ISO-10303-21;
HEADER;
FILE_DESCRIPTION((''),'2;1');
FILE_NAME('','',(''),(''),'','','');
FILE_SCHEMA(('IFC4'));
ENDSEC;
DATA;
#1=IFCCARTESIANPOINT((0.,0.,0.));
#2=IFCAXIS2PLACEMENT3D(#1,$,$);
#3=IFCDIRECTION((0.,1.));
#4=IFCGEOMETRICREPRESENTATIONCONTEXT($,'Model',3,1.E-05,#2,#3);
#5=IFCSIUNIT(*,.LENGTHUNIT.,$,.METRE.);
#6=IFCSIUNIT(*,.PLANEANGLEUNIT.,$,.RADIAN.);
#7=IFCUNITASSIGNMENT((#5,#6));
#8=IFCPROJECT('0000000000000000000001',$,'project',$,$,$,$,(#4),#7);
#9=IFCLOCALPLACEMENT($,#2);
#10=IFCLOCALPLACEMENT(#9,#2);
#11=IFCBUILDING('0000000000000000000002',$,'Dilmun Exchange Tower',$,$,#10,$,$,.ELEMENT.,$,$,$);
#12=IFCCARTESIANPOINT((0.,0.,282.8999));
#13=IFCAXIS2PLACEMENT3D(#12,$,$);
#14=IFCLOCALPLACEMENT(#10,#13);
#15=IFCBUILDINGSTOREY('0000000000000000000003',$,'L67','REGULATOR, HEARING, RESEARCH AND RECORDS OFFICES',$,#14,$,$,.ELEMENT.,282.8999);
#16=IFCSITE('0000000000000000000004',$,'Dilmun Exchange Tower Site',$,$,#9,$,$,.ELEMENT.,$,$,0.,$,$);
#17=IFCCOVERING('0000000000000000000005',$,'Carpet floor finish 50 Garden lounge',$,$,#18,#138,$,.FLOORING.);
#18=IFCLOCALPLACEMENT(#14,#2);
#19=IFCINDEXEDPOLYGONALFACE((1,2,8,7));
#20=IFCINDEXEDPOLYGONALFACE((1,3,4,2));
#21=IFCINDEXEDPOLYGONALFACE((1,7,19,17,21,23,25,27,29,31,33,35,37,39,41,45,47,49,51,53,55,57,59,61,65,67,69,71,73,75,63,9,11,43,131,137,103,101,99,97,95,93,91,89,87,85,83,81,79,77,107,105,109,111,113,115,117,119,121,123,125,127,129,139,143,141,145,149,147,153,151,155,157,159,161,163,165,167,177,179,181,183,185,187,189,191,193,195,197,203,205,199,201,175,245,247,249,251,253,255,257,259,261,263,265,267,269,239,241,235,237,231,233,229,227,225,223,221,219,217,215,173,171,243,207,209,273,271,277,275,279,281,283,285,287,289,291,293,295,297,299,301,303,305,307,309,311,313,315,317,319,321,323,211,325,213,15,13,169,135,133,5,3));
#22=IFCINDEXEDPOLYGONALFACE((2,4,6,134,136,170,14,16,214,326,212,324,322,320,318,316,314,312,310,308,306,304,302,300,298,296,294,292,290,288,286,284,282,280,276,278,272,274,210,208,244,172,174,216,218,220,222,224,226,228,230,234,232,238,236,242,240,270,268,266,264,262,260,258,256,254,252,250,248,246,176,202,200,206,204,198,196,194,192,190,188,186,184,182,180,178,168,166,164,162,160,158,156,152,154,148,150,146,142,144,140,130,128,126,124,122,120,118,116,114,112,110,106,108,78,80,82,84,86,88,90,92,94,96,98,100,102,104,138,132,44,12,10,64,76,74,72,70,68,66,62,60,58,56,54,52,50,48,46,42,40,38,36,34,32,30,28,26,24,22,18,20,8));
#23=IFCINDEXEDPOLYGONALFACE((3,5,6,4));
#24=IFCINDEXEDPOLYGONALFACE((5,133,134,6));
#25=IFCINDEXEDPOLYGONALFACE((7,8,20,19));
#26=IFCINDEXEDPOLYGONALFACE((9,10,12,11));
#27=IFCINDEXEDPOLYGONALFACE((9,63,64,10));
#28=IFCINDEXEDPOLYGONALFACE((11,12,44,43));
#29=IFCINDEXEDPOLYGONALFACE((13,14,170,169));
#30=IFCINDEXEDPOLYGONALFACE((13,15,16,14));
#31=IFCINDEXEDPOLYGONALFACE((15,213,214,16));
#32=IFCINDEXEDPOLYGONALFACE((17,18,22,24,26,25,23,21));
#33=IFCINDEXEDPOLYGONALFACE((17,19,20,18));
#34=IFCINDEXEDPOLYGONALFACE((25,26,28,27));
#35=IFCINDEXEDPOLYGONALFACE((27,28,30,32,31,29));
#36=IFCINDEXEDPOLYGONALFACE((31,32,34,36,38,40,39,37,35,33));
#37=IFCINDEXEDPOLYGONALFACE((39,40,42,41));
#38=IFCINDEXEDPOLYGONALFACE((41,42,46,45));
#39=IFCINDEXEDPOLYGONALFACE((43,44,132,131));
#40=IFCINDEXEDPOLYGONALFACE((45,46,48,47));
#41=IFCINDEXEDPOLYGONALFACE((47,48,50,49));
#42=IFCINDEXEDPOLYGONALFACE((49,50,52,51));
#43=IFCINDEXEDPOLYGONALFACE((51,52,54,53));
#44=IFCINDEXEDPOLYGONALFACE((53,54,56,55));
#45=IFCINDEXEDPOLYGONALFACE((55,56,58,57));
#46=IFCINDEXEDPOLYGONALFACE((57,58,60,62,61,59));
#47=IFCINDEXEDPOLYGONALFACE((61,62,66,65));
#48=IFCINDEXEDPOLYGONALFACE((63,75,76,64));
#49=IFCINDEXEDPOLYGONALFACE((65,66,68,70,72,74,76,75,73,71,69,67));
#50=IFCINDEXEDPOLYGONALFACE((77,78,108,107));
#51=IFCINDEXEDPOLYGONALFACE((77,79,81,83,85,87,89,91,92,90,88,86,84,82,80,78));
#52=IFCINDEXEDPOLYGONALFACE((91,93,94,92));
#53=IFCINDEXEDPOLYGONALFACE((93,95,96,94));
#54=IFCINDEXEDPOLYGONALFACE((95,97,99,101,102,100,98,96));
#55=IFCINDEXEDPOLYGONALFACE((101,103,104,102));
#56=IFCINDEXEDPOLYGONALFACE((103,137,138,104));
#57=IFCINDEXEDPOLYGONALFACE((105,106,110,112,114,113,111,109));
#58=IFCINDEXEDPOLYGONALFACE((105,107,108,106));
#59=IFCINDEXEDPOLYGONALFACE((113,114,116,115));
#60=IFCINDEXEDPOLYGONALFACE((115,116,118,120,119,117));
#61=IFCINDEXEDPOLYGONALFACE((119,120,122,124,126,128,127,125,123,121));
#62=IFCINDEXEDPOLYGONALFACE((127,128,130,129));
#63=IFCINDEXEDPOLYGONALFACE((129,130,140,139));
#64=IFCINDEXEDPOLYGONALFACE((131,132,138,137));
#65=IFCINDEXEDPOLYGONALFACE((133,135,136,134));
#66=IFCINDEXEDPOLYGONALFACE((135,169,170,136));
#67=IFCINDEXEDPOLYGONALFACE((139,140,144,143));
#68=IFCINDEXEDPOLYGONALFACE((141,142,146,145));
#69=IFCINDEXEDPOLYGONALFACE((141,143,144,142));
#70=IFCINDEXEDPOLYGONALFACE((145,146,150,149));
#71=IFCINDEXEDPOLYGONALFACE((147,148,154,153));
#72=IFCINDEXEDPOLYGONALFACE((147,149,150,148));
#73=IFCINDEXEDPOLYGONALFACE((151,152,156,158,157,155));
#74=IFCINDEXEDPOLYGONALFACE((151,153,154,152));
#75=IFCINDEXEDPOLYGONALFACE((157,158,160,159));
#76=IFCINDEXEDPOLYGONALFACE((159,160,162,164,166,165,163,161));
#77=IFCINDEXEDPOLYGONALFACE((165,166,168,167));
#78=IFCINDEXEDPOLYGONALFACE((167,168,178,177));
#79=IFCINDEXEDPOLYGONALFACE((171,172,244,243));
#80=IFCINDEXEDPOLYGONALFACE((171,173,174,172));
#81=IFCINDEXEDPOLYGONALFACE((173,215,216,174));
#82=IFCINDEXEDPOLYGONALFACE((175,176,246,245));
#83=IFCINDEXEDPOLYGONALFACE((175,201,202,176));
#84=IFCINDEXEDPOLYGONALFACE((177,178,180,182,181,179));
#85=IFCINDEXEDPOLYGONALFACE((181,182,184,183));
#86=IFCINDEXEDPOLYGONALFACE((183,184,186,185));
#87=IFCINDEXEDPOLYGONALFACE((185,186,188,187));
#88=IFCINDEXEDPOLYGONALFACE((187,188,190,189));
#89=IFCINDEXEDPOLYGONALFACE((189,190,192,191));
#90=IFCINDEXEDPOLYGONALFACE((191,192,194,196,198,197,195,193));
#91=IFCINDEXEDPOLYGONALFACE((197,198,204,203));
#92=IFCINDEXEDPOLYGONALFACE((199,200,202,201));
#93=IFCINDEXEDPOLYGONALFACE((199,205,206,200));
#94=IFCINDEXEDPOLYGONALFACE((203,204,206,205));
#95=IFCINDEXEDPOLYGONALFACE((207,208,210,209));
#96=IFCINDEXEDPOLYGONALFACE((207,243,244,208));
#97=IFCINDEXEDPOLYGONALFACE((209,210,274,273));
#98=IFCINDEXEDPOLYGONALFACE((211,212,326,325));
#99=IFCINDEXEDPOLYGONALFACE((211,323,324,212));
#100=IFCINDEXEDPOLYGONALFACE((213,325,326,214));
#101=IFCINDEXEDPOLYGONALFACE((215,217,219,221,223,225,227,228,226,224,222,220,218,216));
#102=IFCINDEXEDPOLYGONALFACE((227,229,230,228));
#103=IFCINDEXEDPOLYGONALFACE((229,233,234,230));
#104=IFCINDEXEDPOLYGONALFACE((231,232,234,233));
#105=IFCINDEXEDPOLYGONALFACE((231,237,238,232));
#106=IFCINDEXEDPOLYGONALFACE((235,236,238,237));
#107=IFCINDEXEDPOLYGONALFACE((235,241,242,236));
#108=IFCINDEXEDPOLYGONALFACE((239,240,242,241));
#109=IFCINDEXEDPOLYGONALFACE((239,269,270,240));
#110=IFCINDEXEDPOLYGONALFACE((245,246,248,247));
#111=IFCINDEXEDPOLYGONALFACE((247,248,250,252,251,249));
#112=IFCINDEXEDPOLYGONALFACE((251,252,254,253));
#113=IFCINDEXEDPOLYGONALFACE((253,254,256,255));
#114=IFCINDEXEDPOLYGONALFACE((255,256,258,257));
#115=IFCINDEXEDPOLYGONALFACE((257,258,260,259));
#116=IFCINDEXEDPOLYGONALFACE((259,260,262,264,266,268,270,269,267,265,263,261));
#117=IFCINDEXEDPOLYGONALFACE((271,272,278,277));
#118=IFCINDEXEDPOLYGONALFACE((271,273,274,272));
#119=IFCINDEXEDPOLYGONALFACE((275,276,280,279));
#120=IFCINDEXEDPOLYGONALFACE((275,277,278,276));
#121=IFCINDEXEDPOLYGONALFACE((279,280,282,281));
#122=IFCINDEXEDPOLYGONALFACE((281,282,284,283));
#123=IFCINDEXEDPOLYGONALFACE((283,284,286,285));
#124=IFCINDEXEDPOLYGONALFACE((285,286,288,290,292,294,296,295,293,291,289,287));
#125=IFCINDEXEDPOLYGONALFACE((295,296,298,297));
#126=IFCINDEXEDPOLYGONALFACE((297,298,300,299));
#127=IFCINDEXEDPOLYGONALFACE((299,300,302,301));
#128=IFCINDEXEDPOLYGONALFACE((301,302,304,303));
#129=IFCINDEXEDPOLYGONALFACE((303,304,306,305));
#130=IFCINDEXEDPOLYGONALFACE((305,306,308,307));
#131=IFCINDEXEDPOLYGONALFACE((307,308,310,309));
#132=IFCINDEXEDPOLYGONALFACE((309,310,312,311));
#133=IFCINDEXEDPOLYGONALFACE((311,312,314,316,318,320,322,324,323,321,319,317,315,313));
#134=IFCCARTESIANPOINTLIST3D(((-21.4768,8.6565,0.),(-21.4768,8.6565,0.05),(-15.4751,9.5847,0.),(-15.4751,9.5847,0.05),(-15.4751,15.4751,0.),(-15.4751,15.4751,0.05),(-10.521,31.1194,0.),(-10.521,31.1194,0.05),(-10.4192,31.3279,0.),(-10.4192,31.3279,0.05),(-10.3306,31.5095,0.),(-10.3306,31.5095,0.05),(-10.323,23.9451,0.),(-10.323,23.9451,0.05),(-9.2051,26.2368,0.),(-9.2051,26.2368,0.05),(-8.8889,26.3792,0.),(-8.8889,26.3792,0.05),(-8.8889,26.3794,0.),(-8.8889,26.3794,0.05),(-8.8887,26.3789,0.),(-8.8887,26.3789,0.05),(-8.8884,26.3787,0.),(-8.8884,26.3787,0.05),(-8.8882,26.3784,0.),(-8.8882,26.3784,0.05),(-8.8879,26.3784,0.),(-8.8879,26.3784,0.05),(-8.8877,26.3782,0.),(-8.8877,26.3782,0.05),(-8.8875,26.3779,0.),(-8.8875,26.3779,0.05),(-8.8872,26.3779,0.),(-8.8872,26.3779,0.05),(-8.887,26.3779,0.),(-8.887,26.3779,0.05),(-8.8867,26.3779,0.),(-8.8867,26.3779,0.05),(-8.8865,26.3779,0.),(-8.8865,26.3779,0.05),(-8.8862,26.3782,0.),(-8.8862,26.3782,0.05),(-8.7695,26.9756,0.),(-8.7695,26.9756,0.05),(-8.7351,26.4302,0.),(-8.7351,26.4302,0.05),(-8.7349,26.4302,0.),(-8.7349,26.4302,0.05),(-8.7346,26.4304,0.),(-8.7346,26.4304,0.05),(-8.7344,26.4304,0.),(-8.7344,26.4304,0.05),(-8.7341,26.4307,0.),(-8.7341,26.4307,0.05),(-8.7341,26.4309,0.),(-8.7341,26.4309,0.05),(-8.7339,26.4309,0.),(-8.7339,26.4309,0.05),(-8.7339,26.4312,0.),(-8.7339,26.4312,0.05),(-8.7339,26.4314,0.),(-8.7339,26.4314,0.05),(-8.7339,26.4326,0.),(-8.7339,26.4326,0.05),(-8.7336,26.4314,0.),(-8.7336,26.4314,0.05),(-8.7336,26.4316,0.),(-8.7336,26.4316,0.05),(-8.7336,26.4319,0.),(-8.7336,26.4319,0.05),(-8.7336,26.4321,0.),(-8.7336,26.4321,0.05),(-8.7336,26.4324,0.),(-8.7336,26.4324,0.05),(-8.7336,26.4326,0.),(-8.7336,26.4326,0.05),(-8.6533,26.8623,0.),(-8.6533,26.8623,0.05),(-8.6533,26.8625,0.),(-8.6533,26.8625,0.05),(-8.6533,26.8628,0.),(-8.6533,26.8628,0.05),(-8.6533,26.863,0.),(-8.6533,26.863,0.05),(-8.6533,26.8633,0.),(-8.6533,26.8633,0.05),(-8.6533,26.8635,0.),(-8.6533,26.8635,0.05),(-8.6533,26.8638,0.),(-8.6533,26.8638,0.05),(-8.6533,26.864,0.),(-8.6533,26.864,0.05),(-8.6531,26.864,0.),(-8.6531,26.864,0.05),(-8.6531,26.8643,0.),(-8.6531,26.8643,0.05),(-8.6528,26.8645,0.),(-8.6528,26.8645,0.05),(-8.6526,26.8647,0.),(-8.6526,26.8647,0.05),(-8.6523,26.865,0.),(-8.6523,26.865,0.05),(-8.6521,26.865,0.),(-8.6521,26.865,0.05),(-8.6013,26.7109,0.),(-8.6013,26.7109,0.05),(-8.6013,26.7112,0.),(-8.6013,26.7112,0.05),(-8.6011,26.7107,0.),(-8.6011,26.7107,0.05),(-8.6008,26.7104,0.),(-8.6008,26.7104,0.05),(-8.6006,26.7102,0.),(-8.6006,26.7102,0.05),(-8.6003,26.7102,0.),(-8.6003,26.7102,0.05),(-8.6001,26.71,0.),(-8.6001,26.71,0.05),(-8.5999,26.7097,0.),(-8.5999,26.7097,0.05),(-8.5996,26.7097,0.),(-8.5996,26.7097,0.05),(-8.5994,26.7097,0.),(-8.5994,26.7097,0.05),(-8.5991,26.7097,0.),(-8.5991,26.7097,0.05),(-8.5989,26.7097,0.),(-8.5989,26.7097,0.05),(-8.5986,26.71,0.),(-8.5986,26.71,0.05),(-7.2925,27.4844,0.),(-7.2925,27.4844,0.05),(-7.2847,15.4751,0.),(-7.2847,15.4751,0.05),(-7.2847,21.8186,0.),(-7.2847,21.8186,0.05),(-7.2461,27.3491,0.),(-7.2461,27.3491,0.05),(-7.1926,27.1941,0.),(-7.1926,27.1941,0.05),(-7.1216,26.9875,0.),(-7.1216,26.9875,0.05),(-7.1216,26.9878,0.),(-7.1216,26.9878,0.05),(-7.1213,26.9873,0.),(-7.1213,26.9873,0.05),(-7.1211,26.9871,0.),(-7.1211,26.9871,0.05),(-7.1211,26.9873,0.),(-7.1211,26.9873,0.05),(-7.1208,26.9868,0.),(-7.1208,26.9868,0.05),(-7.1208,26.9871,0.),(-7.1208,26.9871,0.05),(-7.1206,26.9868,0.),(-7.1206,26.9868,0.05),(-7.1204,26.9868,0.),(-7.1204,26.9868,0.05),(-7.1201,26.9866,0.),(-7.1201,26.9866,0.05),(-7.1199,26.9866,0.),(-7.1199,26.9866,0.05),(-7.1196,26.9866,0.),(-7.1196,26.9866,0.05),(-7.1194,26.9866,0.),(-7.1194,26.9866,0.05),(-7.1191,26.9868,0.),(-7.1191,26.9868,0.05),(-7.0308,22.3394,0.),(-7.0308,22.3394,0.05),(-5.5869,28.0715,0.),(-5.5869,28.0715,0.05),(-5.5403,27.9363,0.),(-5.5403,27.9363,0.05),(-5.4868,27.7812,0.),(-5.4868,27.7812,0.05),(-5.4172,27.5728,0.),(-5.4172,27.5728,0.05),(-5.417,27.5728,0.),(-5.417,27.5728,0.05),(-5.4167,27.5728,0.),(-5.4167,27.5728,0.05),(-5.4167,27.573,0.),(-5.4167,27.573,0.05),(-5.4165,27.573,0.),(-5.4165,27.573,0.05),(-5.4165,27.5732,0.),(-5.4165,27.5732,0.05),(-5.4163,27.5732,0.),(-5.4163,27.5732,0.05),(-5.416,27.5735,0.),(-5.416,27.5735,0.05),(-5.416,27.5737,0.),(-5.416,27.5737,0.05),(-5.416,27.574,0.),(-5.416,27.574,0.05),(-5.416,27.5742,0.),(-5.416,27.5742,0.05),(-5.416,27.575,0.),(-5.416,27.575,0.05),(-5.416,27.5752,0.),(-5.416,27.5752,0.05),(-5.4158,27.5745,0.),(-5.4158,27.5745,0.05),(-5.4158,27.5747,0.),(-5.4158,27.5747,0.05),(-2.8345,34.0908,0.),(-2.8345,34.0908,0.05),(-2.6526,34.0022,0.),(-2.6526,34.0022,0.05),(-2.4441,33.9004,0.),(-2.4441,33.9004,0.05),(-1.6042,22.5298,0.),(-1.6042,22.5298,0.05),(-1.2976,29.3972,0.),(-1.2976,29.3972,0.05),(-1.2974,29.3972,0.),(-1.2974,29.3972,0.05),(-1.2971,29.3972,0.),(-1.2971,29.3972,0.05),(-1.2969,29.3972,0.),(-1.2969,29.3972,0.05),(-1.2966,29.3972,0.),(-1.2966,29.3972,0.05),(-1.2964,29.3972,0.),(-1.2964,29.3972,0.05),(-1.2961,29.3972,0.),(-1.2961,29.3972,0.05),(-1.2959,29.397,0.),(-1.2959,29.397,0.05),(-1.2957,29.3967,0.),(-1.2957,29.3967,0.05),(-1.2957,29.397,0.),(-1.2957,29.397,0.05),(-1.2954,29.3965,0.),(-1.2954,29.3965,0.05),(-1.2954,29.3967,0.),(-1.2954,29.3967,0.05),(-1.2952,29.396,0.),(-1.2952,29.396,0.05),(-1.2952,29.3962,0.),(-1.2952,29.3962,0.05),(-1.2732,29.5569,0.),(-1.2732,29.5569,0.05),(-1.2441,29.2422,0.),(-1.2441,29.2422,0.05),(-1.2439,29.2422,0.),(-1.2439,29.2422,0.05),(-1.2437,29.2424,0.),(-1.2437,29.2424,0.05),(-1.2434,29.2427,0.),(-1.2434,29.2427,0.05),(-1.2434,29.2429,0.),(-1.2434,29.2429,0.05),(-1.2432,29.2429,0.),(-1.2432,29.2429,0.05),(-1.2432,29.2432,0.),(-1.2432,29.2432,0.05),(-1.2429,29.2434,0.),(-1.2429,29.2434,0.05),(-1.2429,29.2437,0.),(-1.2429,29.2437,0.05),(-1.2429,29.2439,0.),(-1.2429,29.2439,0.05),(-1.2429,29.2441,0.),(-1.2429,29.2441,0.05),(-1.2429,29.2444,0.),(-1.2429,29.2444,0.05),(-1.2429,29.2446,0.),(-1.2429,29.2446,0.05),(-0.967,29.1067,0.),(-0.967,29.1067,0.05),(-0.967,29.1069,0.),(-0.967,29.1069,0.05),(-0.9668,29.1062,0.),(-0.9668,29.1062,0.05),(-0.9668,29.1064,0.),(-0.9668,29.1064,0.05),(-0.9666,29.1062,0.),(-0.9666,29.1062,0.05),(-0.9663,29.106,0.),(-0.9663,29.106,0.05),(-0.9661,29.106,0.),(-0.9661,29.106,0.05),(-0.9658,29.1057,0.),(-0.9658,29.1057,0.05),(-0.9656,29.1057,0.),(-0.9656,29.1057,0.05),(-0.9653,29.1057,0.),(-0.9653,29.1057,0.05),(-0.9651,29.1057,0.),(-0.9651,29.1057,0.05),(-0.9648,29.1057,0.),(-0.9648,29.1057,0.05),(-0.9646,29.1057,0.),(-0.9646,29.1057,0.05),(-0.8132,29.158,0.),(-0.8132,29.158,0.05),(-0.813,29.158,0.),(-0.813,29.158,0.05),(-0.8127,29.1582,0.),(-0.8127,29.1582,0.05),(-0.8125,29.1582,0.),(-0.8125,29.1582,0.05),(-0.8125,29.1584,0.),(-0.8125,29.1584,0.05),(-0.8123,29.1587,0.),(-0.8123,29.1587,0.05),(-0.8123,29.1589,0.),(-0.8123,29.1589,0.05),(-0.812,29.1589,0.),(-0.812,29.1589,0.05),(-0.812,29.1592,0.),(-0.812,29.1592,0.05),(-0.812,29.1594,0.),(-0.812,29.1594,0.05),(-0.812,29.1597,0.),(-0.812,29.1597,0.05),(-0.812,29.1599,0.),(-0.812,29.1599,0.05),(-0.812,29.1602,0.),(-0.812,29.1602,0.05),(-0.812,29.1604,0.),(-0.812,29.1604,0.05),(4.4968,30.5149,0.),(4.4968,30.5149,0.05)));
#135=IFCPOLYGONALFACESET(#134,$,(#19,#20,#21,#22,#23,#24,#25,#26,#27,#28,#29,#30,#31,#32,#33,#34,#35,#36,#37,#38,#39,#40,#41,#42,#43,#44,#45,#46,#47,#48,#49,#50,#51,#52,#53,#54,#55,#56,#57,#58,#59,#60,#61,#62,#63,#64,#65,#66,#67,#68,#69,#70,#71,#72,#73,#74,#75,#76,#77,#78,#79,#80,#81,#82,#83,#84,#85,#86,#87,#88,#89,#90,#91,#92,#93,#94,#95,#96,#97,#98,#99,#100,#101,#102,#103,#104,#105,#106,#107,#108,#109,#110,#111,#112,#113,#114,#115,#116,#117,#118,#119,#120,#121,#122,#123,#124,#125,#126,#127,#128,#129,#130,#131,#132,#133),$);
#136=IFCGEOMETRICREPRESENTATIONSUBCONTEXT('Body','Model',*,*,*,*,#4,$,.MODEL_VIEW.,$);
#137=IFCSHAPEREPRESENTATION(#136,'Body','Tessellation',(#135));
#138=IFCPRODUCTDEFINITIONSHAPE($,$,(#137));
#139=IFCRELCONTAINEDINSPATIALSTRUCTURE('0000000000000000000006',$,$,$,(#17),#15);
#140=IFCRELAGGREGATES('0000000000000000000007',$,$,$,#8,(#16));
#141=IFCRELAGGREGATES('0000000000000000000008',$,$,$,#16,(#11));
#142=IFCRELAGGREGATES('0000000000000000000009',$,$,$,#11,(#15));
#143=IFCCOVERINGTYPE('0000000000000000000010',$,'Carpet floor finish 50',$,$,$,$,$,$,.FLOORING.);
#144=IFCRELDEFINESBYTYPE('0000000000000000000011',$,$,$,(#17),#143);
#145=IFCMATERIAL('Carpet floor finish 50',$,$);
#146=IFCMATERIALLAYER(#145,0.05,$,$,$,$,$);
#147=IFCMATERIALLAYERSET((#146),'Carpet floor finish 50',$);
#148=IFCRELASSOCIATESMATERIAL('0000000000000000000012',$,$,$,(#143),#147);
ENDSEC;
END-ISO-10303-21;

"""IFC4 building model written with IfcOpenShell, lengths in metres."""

from ifc_helpers import new_model, si_unit, direction, frame, origin, place, context, subcontext, project, spatial, polyline, outline, extrude, material, layer, layer_set, type_object, element, save


model = new_model("IFC4")

# Units and contexts
model_context = context("Model", 3, precision=1e-05, world=origin(), true_north=direction((0.0, 1.0)))
body_context = subcontext(model_context, "Body", "Model", "MODEL_VIEW")
ifc_project = project(units=[si_unit("LENGTHUNIT", "METRE"), si_unit("PLANEANGLEUNIT", "RADIAN")], contexts=[model_context])

# Site, building, storey
site_placement = place(None, origin())
site = spatial("IfcSite", under=ifc_project, at=site_placement, Name="Dilmun Exchange Tower Site", CompositionType="ELEMENT", RefElevation=0.0)
building_placement = place(site_placement, origin())
building = spatial("IfcBuilding", under=site, at=building_placement, Name="Dilmun Exchange Tower", CompositionType="ELEMENT")
storey_placement = place(building_placement, frame((0.0, 0.0, 282.8999)))
storey = spatial("IfcBuildingStorey", under=building, at=storey_placement, Name="L67", Description="REGULATOR, HEARING, RESEARCH AND RECORDS OFFICES", CompositionType="ELEMENT", Elevation=282.8999)

# Covering
ifc_material_1 = material(Name="Carpet floor finish 50")
ifc_layer_1 = layer(ifc_material_1, 0.05)
ifc_layer_set_1 = layer_set([ifc_layer_1], Name="Carpet floor finish 50")
covering_type_1 = type_object("IfcCoveringType", Name="Carpet floor finish 50", PredefinedType="FLOORING", material=ifc_layer_set_1)
covering_1_placement = place(storey_placement, origin())
element("IfcCovering", 1, at=covering_1_placement, inside=storey, type_object=covering_type_1, Name="Carpet floor finish 50 Garden lounge", PredefinedType="FLOORING", context=body_context, shape_type="SweptSolid", body=[
    extrude(outline(polyline([(-15.4751, 9.5847), (-21.4768, 8.6565), (-10.521, 31.1194), (-8.8889, 26.3794), (-8.8889, 26.3792), (-8.8887, 26.3789), (-8.8887, 26.3789), (-8.8884, 26.3787), (-8.8882, 26.3784), (-8.8882, 26.3784), (-8.8879, 26.3784), (-8.8877, 26.3782), (-8.8877, 26.3782), (-8.8875, 26.3779), (-8.8872, 26.3779), (-8.8872, 26.3779), (-8.887, 26.3779), (-8.8867, 26.3779), (-8.8865, 26.3779), (-8.8862, 26.3782), (-8.7351, 26.4302), (-8.7349, 26.4302), (-8.7346, 26.4304), (-8.7346, 26.4304), (-8.7344, 26.4304), (-8.7341, 26.4307), (-8.7341, 26.4309), (-8.7339, 26.4309), (-8.7339, 26.4312), (-8.7339, 26.4314), (-8.7336, 26.4314), (-8.7336, 26.4316), (-8.7336, 26.4319), (-8.7336, 26.4321), (-8.7336, 26.4324), (-8.7336, 26.4326), (-8.7339, 26.4326), (-10.4192, 31.3279), (-10.3306, 31.5095), (-8.7695, 26.9756), (-7.2925, 27.4844), (-7.2461, 27.3491), (-8.6521, 26.865), (-8.6523, 26.865), (-8.6526, 26.8647), (-8.6526, 26.8647), (-8.6528, 26.8645), (-8.6528, 26.8645), (-8.6531, 26.8643), (-8.6531, 26.864), (-8.6533, 26.864), (-8.6533, 26.8638), (-8.6533, 26.8635), (-8.6533, 26.8633), (-8.6533, 26.8633), (-8.6533, 26.863), (-8.6533, 26.8628), (-8.6533, 26.8625), (-8.6533, 26.8623), (-8.6013, 26.7112), (-8.6013, 26.7109), (-8.6011, 26.7107), (-8.6011, 26.7107), (-8.6008, 26.7104), (-8.6006, 26.7102), (-8.6006, 26.7102), (-8.6003, 26.7102), (-8.6001, 26.71), (-8.6001, 26.71), (-8.5999, 26.7097), (-8.5996, 26.7097), (-8.5996, 26.7097), (-8.5994, 26.7097), (-8.5991, 26.7097), (-8.5989, 26.7097), (-8.5986, 26.71), (-7.1926, 27.1941), (-7.1216, 26.9878), (-7.1216, 26.9878), (-7.1216, 26.9875), (-7.1213, 26.9873), (-7.1211, 26.9873), (-7.1211, 26.9871), (-7.1208, 26.9871), (-7.1208, 26.9868), (-7.1206, 26.9868), (-7.1204, 26.9868), (-7.1201, 26.9866), (-7.1201, 26.9866), (-7.1199, 26.9866), (-7.1196, 26.9866), (-7.1194, 26.9866), (-7.1194, 26.9866), (-7.1191, 26.9868), (-5.4172, 27.5728), (-5.417, 27.5728), (-5.4167, 27.5728), (-5.4167, 27.573), (-5.4165, 27.573), (-5.4165, 27.5732), (-5.4163, 27.5732), (-5.416, 27.5735), (-5.416, 27.5737), (-5.416, 27.5737), (-5.416, 27.574), (-5.416, 27.5742), (-5.4158, 27.5745), (-5.4158, 27.5747), (-5.4158, 27.5747), (-5.416, 27.575), (-5.416, 27.5752), (-5.4868, 27.7812), (-1.2441, 29.2422), (-1.2439, 29.2422), (-1.2439, 29.2422), (-1.2437, 29.2424), (-1.2434, 29.2427), (-1.2434, 29.2427), (-1.2434, 29.2429), (-1.2432, 29.2429), (-1.2432, 29.2432), (-1.2429, 29.2434), (-1.2429, 29.2434), (-1.2429, 29.2437), (-1.2429, 29.2439), (-1.2429, 29.2441), (-1.2429, 29.2444), (-1.2429, 29.2444), (-1.2429, 29.2446), (-1.2952, 29.396), (-1.2952, 29.3962), (-1.2952, 29.3962), (-1.2954, 29.3965), (-1.2954, 29.3967), (-1.2957, 29.3967), (-1.2957, 29.397), (-1.2959, 29.397), (-1.2961, 29.3972), (-1.2961, 29.3972), (-1.2964, 29.3972), (-1.2966, 29.3972), (-1.2969, 29.3972), (-1.2971, 29.3972), (-1.2971, 29.3972), (-1.2974, 29.3972), (-1.2976, 29.3972), (-5.5403, 27.9363), (-5.5869, 28.0715), (-1.2732, 29.5569), (-2.8345, 34.0908), (-2.6526, 34.0022), (-0.967, 29.1069), (-0.967, 29.1067), (-0.967, 29.1067), (-0.9668, 29.1064), (-0.9668, 29.1062), (-0.9666, 29.1062), (-0.9666, 29.1062), (-0.9663, 29.106), (-0.9661, 29.106), (-0.9658, 29.1057), (-0.9658, 29.1057), (-0.9656, 29.1057), (-0.9653, 29.1057), (-0.9651, 29.1057), (-0.9651, 29.1057), (-0.9648, 29.1057), (-0.9646, 29.1057), (-0.8132, 29.158), (-0.813, 29.158), (-0.813, 29.158), (-0.8127, 29.1582), (-0.8125, 29.1582), (-0.8125, 29.1584), (-0.8125, 29.1584), (-0.8123, 29.1587), (-0.8123, 29.1589), (-0.812, 29.1589), (-0.812, 29.1592), (-0.812, 29.1594), (-0.812, 29.1597), (-0.812, 29.1599), (-0.812, 29.1599), (-0.812, 29.1602), (-0.812, 29.1604), (-2.4441, 33.9004), (4.4968, 30.5149), (-1.6042, 22.5298), (-9.2051, 26.2368), (-10.323, 23.9451), (-7.0308, 22.3394), (-7.2847, 21.8186), (-7.2847, 15.4751), (-15.4751, 15.4751), (-15.4751, 9.5847)])), origin(), (0.0, 0.0, 1.0), 0.05),
])

save(model, "model.ifc")
